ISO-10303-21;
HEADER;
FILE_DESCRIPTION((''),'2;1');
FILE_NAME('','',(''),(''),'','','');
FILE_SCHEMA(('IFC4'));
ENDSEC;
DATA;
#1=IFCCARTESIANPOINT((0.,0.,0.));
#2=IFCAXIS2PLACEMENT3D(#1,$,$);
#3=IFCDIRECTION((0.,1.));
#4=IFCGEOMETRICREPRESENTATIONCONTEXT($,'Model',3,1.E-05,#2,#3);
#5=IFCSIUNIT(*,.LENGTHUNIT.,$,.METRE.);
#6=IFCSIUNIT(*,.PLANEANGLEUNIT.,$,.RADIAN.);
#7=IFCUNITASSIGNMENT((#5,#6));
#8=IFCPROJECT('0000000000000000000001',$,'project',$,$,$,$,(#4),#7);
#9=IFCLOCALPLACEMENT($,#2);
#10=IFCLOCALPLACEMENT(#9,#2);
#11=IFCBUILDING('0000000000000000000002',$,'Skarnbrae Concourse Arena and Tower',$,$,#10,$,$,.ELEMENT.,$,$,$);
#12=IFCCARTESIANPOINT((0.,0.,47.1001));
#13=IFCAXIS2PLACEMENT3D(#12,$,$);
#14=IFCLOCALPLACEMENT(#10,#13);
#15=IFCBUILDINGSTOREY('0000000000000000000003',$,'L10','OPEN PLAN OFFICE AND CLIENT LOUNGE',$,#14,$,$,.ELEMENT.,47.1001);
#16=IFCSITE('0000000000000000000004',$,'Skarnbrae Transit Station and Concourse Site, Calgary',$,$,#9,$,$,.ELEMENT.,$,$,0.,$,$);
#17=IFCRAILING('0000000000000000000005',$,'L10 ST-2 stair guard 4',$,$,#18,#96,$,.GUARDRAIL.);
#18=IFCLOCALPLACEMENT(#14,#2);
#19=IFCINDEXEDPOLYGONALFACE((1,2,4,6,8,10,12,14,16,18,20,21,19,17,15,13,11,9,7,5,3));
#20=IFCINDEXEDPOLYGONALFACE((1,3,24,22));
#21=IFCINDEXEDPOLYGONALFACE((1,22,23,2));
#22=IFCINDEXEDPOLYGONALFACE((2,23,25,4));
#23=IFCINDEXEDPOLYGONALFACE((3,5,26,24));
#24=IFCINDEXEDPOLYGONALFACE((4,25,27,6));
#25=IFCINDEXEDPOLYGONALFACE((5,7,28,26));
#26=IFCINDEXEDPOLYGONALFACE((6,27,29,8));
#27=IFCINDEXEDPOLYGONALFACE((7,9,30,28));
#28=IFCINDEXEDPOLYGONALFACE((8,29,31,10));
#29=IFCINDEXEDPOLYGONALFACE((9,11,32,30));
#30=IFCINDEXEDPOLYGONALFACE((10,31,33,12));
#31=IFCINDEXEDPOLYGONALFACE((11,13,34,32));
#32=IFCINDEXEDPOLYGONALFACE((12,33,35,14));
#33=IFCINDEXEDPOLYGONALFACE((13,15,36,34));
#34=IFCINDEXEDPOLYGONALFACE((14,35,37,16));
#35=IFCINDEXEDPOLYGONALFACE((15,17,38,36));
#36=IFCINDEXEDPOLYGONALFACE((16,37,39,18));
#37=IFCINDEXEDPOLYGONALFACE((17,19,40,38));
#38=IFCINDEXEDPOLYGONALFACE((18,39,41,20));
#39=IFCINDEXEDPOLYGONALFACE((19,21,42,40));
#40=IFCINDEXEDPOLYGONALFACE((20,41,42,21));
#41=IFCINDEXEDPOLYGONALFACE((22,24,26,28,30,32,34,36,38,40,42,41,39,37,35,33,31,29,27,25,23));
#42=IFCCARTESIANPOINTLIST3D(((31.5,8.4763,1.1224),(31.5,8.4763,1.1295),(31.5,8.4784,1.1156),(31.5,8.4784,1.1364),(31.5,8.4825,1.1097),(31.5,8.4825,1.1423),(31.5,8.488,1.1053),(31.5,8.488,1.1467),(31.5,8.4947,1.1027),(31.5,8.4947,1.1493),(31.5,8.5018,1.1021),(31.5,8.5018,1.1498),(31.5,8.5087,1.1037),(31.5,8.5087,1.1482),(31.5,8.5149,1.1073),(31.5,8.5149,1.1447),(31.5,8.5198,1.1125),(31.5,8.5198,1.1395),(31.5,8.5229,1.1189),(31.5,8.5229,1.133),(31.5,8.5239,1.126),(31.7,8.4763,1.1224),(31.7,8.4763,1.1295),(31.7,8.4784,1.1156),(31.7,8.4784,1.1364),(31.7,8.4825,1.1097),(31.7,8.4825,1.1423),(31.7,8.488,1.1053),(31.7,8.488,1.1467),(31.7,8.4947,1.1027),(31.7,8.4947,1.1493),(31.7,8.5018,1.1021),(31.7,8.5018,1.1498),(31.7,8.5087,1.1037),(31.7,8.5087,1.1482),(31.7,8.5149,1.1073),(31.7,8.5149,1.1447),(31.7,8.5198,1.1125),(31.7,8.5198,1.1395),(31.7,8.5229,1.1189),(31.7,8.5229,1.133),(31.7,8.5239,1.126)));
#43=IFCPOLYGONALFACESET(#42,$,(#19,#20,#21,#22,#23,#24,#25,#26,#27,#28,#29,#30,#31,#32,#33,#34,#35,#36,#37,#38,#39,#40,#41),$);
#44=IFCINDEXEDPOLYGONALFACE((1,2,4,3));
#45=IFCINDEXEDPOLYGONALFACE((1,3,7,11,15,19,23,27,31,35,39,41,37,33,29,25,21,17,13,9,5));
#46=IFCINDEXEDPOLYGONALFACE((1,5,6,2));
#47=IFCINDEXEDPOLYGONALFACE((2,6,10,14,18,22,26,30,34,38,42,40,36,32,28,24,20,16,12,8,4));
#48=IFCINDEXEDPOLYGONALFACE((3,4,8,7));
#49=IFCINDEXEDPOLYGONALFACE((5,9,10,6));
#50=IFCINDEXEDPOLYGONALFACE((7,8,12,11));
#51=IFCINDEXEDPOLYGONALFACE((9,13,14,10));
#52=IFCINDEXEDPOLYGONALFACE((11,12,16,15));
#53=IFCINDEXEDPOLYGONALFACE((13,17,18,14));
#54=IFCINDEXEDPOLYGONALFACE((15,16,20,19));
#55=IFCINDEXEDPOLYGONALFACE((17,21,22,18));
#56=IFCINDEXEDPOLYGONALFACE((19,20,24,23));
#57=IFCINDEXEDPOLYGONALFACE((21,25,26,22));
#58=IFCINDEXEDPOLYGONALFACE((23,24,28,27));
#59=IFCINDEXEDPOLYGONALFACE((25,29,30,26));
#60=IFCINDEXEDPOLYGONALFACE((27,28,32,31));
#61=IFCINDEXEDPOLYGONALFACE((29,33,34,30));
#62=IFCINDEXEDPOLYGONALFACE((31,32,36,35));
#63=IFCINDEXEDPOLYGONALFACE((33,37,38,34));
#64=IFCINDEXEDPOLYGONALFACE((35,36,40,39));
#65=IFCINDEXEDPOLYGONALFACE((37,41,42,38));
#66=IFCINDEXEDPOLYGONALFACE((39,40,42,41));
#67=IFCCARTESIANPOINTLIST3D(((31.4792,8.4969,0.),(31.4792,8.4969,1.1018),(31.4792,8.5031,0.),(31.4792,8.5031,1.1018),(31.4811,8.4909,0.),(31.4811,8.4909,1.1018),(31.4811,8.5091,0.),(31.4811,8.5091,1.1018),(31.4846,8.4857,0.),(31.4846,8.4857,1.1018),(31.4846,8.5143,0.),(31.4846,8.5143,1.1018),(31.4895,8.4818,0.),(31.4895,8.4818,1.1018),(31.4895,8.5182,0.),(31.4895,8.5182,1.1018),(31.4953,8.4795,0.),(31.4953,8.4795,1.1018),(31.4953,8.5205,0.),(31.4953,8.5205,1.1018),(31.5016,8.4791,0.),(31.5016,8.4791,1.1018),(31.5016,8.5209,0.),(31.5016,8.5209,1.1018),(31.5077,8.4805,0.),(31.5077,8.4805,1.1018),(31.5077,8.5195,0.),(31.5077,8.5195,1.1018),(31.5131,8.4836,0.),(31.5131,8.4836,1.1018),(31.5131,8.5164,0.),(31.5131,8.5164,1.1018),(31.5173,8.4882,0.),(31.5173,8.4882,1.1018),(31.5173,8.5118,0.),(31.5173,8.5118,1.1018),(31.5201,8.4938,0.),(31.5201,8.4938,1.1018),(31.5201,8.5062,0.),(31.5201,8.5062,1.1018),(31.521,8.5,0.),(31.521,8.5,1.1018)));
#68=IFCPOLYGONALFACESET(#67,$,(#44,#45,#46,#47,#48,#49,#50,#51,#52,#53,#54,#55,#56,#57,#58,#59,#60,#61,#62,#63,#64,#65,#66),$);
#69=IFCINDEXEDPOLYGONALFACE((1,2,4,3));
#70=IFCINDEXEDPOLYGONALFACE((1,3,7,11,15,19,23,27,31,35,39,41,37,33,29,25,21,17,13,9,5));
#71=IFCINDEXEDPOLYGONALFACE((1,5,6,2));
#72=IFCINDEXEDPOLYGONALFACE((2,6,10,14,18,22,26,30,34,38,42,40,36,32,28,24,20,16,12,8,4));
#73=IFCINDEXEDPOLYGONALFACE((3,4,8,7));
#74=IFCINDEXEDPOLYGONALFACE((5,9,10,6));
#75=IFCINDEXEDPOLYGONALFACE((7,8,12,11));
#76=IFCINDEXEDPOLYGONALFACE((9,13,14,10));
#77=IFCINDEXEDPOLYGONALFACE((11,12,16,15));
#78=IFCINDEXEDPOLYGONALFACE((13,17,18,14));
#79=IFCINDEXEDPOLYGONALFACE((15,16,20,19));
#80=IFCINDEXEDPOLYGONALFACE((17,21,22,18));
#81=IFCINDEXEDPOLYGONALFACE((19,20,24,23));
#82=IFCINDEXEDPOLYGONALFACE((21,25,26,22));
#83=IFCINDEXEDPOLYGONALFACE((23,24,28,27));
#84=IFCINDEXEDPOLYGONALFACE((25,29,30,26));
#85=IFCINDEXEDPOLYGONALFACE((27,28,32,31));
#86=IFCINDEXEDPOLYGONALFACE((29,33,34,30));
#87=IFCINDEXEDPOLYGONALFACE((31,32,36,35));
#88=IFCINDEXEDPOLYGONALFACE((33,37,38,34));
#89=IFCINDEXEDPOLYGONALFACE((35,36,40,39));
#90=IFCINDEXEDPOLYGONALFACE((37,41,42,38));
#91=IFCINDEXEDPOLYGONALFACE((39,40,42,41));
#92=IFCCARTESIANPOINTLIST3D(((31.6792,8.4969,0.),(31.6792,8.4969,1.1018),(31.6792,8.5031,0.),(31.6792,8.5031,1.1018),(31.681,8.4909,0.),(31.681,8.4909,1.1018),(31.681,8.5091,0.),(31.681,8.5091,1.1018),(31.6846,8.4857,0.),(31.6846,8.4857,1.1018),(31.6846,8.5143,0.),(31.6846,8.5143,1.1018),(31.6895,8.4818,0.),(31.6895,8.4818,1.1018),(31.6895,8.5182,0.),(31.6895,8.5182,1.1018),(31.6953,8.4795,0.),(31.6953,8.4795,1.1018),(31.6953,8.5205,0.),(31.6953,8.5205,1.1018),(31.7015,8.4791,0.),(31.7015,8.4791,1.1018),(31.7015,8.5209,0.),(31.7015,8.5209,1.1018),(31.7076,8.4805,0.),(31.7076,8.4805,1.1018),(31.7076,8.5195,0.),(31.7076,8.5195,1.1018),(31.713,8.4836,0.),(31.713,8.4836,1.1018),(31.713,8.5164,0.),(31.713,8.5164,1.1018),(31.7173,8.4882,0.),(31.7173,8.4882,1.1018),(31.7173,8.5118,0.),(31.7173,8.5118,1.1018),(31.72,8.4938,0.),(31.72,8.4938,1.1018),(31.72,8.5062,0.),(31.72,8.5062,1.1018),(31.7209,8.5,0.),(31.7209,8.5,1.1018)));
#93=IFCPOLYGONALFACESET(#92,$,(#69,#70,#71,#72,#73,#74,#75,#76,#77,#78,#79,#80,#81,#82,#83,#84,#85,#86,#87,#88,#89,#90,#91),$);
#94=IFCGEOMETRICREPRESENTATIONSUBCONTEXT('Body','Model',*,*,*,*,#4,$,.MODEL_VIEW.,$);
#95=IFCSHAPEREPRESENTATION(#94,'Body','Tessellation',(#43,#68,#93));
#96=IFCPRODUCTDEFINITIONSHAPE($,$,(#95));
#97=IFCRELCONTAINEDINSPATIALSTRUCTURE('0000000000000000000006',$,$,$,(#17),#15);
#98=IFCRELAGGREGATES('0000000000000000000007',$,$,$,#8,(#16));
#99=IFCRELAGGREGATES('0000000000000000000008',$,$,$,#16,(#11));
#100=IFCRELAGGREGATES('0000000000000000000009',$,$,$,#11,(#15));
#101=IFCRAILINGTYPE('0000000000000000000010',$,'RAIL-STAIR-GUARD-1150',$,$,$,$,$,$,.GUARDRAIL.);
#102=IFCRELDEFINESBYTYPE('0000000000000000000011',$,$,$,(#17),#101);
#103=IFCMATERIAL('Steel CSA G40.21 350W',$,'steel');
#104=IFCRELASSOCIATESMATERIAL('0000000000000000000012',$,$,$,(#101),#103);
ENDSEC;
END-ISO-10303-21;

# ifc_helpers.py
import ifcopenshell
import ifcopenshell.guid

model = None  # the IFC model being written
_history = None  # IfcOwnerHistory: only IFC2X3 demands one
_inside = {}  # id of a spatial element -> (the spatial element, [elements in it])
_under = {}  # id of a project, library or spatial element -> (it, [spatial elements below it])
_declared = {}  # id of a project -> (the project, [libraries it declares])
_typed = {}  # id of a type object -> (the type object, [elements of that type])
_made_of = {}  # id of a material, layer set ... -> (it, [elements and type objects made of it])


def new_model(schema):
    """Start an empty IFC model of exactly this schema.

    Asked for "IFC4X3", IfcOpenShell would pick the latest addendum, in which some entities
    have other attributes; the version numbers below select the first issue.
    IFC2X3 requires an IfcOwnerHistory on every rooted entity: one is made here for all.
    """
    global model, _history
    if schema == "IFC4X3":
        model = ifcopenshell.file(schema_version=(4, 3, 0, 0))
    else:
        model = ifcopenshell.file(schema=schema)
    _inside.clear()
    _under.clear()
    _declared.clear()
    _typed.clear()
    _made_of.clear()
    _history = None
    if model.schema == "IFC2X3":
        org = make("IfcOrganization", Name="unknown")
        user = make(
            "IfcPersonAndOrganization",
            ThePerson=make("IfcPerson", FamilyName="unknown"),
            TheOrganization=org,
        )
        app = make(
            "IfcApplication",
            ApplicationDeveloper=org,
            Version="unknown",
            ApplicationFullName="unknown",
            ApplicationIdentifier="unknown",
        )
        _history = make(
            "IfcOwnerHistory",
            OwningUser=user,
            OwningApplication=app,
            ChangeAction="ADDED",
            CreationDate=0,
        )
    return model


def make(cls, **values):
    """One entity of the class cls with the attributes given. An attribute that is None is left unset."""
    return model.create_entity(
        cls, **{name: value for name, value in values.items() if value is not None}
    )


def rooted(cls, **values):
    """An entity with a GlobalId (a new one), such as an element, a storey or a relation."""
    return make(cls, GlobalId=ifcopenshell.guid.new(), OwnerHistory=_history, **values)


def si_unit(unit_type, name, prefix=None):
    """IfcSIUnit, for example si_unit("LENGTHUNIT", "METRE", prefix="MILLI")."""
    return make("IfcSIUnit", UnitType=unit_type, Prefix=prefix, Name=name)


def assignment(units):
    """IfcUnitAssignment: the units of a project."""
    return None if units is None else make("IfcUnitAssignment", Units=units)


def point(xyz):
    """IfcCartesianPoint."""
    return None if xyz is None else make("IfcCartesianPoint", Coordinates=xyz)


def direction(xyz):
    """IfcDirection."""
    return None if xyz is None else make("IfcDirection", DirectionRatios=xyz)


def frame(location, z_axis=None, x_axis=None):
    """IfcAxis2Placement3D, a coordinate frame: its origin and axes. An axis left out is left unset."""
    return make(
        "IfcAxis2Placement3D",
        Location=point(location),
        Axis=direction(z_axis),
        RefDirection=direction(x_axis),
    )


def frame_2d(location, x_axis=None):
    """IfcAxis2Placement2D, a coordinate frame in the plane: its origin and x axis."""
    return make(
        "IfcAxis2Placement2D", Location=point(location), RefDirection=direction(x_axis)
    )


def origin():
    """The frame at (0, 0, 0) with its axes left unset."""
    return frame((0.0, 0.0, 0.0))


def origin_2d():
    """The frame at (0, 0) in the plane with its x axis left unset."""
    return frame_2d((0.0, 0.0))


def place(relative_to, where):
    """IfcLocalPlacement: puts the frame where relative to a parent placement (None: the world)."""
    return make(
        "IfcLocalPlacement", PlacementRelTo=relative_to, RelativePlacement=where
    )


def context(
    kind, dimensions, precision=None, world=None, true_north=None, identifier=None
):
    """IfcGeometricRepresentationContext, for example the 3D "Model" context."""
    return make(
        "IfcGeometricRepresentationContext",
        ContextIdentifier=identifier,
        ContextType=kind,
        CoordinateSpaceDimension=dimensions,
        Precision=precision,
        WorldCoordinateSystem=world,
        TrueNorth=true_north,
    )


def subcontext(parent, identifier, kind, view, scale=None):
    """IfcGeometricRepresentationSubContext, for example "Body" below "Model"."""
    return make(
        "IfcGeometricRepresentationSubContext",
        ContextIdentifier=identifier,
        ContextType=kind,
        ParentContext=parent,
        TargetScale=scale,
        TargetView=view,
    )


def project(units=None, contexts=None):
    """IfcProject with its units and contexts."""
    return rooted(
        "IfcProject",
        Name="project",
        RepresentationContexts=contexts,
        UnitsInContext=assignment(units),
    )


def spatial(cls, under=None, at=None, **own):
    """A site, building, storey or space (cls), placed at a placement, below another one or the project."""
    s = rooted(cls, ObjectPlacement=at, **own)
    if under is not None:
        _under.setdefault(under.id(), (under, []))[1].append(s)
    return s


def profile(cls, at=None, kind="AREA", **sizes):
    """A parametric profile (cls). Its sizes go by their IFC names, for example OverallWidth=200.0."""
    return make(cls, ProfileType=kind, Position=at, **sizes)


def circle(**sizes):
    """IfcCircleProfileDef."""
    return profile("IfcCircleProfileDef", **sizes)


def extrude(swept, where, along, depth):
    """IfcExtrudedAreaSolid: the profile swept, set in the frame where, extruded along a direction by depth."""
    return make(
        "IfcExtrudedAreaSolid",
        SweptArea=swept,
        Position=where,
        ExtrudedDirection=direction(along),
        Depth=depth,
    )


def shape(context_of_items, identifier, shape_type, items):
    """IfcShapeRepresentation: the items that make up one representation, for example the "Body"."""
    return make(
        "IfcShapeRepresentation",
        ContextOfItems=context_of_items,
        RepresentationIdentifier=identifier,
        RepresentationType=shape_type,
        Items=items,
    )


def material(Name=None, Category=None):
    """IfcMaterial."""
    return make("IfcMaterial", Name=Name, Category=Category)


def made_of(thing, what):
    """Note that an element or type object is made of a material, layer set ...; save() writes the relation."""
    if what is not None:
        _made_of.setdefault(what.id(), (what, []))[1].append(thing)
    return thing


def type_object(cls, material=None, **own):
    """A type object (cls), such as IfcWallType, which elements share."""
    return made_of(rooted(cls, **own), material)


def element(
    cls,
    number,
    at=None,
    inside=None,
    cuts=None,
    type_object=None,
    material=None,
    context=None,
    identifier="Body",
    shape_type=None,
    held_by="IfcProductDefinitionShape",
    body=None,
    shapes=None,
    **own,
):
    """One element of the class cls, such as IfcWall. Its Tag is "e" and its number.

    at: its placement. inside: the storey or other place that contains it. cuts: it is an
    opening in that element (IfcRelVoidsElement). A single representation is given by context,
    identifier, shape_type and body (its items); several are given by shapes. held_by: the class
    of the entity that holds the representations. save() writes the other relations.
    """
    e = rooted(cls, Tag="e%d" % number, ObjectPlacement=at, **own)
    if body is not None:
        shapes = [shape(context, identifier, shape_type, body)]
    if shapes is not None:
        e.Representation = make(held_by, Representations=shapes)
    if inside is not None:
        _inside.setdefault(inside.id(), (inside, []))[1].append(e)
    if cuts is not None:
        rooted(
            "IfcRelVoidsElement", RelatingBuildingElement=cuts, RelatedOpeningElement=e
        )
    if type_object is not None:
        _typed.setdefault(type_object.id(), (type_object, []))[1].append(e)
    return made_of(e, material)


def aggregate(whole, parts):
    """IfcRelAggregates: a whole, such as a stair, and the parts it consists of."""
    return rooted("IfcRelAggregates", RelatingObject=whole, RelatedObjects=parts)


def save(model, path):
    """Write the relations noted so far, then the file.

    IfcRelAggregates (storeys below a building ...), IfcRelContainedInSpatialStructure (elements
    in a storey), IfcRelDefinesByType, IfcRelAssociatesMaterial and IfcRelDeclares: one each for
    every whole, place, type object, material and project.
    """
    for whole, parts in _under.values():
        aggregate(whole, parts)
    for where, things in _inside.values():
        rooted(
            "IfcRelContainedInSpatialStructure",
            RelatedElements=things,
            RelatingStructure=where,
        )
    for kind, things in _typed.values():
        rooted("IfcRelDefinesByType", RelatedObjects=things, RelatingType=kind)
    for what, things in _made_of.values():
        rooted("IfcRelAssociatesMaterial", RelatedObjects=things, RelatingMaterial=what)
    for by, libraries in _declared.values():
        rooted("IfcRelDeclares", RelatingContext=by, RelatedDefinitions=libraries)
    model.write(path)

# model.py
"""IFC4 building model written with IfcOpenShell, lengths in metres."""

from ifc_helpers import new_model, si_unit, direction, frame, origin, origin_2d, place, context, subcontext, project, spatial, circle, extrude, material, type_object, element, save


model = new_model("IFC4")

# Units and contexts
model_context = context("Model", 3, precision=1e-05, world=origin(), true_north=direction((0.0, 1.0)))
body_context = subcontext(model_context, "Body", "Model", "MODEL_VIEW")
ifc_project = project(units=[si_unit("LENGTHUNIT", "METRE"), si_unit("PLANEANGLEUNIT", "RADIAN")], contexts=[model_context])

# Site, building, storey
site_placement = place(None, origin())
site = spatial("IfcSite", under=ifc_project, at=site_placement, Name="Skarnbrae Transit Station and Concourse Site, Calgary", CompositionType="ELEMENT", RefElevation=0.0)
building_placement = place(site_placement, origin())
building = spatial("IfcBuilding", under=site, at=building_placement, Name="Skarnbrae Concourse Arena and Tower", CompositionType="ELEMENT")
storey_placement = place(building_placement, frame((0.0, 0.0, 47.1001)))
storey = spatial("IfcBuildingStorey", under=building, at=storey_placement, Name="L10", Description="OPEN PLAN OFFICE AND CLIENT LOUNGE", CompositionType="ELEMENT", Elevation=47.1001)

# Shared definitions
ifc_material_1 = material(Name="Steel CSA G40.21 350W", Category="steel")

# Railing
railing_type_1 = type_object("IfcRailingType", Name="RAIL-STAIR-GUARD-1150", PredefinedType="GUARDRAIL", material=ifc_material_1)
railing_1_placement = place(storey_placement, frame((31.5, 8.5, 0.0)))
element("IfcRailing", 1, at=railing_1_placement, inside=storey, type_object=railing_type_1, Name="L10 ST-2 stair guard 4", PredefinedType="GUARDRAIL", context=body_context, shape_type="SweptSolid", body=[
    extrude(circle(Radius=0.0239, at=origin_2d()), frame((0.0, 0.0, 1.126), z_axis=(1.0, 0.0, 0.0), x_axis=(0.0, 1.0, 0.0)), (0.0, 0.0, 1.0), 0.2),
    extrude(circle(Radius=0.021, at=origin_2d()), origin(), (0.0, 0.0, 1.0), 1.1018),
    extrude(circle(Radius=0.021, at=origin_2d()), frame((0.2, 0.0, 0.0)), (0.0, 0.0, 1.0), 1.1018),
])

save(model, "model.ifc")
